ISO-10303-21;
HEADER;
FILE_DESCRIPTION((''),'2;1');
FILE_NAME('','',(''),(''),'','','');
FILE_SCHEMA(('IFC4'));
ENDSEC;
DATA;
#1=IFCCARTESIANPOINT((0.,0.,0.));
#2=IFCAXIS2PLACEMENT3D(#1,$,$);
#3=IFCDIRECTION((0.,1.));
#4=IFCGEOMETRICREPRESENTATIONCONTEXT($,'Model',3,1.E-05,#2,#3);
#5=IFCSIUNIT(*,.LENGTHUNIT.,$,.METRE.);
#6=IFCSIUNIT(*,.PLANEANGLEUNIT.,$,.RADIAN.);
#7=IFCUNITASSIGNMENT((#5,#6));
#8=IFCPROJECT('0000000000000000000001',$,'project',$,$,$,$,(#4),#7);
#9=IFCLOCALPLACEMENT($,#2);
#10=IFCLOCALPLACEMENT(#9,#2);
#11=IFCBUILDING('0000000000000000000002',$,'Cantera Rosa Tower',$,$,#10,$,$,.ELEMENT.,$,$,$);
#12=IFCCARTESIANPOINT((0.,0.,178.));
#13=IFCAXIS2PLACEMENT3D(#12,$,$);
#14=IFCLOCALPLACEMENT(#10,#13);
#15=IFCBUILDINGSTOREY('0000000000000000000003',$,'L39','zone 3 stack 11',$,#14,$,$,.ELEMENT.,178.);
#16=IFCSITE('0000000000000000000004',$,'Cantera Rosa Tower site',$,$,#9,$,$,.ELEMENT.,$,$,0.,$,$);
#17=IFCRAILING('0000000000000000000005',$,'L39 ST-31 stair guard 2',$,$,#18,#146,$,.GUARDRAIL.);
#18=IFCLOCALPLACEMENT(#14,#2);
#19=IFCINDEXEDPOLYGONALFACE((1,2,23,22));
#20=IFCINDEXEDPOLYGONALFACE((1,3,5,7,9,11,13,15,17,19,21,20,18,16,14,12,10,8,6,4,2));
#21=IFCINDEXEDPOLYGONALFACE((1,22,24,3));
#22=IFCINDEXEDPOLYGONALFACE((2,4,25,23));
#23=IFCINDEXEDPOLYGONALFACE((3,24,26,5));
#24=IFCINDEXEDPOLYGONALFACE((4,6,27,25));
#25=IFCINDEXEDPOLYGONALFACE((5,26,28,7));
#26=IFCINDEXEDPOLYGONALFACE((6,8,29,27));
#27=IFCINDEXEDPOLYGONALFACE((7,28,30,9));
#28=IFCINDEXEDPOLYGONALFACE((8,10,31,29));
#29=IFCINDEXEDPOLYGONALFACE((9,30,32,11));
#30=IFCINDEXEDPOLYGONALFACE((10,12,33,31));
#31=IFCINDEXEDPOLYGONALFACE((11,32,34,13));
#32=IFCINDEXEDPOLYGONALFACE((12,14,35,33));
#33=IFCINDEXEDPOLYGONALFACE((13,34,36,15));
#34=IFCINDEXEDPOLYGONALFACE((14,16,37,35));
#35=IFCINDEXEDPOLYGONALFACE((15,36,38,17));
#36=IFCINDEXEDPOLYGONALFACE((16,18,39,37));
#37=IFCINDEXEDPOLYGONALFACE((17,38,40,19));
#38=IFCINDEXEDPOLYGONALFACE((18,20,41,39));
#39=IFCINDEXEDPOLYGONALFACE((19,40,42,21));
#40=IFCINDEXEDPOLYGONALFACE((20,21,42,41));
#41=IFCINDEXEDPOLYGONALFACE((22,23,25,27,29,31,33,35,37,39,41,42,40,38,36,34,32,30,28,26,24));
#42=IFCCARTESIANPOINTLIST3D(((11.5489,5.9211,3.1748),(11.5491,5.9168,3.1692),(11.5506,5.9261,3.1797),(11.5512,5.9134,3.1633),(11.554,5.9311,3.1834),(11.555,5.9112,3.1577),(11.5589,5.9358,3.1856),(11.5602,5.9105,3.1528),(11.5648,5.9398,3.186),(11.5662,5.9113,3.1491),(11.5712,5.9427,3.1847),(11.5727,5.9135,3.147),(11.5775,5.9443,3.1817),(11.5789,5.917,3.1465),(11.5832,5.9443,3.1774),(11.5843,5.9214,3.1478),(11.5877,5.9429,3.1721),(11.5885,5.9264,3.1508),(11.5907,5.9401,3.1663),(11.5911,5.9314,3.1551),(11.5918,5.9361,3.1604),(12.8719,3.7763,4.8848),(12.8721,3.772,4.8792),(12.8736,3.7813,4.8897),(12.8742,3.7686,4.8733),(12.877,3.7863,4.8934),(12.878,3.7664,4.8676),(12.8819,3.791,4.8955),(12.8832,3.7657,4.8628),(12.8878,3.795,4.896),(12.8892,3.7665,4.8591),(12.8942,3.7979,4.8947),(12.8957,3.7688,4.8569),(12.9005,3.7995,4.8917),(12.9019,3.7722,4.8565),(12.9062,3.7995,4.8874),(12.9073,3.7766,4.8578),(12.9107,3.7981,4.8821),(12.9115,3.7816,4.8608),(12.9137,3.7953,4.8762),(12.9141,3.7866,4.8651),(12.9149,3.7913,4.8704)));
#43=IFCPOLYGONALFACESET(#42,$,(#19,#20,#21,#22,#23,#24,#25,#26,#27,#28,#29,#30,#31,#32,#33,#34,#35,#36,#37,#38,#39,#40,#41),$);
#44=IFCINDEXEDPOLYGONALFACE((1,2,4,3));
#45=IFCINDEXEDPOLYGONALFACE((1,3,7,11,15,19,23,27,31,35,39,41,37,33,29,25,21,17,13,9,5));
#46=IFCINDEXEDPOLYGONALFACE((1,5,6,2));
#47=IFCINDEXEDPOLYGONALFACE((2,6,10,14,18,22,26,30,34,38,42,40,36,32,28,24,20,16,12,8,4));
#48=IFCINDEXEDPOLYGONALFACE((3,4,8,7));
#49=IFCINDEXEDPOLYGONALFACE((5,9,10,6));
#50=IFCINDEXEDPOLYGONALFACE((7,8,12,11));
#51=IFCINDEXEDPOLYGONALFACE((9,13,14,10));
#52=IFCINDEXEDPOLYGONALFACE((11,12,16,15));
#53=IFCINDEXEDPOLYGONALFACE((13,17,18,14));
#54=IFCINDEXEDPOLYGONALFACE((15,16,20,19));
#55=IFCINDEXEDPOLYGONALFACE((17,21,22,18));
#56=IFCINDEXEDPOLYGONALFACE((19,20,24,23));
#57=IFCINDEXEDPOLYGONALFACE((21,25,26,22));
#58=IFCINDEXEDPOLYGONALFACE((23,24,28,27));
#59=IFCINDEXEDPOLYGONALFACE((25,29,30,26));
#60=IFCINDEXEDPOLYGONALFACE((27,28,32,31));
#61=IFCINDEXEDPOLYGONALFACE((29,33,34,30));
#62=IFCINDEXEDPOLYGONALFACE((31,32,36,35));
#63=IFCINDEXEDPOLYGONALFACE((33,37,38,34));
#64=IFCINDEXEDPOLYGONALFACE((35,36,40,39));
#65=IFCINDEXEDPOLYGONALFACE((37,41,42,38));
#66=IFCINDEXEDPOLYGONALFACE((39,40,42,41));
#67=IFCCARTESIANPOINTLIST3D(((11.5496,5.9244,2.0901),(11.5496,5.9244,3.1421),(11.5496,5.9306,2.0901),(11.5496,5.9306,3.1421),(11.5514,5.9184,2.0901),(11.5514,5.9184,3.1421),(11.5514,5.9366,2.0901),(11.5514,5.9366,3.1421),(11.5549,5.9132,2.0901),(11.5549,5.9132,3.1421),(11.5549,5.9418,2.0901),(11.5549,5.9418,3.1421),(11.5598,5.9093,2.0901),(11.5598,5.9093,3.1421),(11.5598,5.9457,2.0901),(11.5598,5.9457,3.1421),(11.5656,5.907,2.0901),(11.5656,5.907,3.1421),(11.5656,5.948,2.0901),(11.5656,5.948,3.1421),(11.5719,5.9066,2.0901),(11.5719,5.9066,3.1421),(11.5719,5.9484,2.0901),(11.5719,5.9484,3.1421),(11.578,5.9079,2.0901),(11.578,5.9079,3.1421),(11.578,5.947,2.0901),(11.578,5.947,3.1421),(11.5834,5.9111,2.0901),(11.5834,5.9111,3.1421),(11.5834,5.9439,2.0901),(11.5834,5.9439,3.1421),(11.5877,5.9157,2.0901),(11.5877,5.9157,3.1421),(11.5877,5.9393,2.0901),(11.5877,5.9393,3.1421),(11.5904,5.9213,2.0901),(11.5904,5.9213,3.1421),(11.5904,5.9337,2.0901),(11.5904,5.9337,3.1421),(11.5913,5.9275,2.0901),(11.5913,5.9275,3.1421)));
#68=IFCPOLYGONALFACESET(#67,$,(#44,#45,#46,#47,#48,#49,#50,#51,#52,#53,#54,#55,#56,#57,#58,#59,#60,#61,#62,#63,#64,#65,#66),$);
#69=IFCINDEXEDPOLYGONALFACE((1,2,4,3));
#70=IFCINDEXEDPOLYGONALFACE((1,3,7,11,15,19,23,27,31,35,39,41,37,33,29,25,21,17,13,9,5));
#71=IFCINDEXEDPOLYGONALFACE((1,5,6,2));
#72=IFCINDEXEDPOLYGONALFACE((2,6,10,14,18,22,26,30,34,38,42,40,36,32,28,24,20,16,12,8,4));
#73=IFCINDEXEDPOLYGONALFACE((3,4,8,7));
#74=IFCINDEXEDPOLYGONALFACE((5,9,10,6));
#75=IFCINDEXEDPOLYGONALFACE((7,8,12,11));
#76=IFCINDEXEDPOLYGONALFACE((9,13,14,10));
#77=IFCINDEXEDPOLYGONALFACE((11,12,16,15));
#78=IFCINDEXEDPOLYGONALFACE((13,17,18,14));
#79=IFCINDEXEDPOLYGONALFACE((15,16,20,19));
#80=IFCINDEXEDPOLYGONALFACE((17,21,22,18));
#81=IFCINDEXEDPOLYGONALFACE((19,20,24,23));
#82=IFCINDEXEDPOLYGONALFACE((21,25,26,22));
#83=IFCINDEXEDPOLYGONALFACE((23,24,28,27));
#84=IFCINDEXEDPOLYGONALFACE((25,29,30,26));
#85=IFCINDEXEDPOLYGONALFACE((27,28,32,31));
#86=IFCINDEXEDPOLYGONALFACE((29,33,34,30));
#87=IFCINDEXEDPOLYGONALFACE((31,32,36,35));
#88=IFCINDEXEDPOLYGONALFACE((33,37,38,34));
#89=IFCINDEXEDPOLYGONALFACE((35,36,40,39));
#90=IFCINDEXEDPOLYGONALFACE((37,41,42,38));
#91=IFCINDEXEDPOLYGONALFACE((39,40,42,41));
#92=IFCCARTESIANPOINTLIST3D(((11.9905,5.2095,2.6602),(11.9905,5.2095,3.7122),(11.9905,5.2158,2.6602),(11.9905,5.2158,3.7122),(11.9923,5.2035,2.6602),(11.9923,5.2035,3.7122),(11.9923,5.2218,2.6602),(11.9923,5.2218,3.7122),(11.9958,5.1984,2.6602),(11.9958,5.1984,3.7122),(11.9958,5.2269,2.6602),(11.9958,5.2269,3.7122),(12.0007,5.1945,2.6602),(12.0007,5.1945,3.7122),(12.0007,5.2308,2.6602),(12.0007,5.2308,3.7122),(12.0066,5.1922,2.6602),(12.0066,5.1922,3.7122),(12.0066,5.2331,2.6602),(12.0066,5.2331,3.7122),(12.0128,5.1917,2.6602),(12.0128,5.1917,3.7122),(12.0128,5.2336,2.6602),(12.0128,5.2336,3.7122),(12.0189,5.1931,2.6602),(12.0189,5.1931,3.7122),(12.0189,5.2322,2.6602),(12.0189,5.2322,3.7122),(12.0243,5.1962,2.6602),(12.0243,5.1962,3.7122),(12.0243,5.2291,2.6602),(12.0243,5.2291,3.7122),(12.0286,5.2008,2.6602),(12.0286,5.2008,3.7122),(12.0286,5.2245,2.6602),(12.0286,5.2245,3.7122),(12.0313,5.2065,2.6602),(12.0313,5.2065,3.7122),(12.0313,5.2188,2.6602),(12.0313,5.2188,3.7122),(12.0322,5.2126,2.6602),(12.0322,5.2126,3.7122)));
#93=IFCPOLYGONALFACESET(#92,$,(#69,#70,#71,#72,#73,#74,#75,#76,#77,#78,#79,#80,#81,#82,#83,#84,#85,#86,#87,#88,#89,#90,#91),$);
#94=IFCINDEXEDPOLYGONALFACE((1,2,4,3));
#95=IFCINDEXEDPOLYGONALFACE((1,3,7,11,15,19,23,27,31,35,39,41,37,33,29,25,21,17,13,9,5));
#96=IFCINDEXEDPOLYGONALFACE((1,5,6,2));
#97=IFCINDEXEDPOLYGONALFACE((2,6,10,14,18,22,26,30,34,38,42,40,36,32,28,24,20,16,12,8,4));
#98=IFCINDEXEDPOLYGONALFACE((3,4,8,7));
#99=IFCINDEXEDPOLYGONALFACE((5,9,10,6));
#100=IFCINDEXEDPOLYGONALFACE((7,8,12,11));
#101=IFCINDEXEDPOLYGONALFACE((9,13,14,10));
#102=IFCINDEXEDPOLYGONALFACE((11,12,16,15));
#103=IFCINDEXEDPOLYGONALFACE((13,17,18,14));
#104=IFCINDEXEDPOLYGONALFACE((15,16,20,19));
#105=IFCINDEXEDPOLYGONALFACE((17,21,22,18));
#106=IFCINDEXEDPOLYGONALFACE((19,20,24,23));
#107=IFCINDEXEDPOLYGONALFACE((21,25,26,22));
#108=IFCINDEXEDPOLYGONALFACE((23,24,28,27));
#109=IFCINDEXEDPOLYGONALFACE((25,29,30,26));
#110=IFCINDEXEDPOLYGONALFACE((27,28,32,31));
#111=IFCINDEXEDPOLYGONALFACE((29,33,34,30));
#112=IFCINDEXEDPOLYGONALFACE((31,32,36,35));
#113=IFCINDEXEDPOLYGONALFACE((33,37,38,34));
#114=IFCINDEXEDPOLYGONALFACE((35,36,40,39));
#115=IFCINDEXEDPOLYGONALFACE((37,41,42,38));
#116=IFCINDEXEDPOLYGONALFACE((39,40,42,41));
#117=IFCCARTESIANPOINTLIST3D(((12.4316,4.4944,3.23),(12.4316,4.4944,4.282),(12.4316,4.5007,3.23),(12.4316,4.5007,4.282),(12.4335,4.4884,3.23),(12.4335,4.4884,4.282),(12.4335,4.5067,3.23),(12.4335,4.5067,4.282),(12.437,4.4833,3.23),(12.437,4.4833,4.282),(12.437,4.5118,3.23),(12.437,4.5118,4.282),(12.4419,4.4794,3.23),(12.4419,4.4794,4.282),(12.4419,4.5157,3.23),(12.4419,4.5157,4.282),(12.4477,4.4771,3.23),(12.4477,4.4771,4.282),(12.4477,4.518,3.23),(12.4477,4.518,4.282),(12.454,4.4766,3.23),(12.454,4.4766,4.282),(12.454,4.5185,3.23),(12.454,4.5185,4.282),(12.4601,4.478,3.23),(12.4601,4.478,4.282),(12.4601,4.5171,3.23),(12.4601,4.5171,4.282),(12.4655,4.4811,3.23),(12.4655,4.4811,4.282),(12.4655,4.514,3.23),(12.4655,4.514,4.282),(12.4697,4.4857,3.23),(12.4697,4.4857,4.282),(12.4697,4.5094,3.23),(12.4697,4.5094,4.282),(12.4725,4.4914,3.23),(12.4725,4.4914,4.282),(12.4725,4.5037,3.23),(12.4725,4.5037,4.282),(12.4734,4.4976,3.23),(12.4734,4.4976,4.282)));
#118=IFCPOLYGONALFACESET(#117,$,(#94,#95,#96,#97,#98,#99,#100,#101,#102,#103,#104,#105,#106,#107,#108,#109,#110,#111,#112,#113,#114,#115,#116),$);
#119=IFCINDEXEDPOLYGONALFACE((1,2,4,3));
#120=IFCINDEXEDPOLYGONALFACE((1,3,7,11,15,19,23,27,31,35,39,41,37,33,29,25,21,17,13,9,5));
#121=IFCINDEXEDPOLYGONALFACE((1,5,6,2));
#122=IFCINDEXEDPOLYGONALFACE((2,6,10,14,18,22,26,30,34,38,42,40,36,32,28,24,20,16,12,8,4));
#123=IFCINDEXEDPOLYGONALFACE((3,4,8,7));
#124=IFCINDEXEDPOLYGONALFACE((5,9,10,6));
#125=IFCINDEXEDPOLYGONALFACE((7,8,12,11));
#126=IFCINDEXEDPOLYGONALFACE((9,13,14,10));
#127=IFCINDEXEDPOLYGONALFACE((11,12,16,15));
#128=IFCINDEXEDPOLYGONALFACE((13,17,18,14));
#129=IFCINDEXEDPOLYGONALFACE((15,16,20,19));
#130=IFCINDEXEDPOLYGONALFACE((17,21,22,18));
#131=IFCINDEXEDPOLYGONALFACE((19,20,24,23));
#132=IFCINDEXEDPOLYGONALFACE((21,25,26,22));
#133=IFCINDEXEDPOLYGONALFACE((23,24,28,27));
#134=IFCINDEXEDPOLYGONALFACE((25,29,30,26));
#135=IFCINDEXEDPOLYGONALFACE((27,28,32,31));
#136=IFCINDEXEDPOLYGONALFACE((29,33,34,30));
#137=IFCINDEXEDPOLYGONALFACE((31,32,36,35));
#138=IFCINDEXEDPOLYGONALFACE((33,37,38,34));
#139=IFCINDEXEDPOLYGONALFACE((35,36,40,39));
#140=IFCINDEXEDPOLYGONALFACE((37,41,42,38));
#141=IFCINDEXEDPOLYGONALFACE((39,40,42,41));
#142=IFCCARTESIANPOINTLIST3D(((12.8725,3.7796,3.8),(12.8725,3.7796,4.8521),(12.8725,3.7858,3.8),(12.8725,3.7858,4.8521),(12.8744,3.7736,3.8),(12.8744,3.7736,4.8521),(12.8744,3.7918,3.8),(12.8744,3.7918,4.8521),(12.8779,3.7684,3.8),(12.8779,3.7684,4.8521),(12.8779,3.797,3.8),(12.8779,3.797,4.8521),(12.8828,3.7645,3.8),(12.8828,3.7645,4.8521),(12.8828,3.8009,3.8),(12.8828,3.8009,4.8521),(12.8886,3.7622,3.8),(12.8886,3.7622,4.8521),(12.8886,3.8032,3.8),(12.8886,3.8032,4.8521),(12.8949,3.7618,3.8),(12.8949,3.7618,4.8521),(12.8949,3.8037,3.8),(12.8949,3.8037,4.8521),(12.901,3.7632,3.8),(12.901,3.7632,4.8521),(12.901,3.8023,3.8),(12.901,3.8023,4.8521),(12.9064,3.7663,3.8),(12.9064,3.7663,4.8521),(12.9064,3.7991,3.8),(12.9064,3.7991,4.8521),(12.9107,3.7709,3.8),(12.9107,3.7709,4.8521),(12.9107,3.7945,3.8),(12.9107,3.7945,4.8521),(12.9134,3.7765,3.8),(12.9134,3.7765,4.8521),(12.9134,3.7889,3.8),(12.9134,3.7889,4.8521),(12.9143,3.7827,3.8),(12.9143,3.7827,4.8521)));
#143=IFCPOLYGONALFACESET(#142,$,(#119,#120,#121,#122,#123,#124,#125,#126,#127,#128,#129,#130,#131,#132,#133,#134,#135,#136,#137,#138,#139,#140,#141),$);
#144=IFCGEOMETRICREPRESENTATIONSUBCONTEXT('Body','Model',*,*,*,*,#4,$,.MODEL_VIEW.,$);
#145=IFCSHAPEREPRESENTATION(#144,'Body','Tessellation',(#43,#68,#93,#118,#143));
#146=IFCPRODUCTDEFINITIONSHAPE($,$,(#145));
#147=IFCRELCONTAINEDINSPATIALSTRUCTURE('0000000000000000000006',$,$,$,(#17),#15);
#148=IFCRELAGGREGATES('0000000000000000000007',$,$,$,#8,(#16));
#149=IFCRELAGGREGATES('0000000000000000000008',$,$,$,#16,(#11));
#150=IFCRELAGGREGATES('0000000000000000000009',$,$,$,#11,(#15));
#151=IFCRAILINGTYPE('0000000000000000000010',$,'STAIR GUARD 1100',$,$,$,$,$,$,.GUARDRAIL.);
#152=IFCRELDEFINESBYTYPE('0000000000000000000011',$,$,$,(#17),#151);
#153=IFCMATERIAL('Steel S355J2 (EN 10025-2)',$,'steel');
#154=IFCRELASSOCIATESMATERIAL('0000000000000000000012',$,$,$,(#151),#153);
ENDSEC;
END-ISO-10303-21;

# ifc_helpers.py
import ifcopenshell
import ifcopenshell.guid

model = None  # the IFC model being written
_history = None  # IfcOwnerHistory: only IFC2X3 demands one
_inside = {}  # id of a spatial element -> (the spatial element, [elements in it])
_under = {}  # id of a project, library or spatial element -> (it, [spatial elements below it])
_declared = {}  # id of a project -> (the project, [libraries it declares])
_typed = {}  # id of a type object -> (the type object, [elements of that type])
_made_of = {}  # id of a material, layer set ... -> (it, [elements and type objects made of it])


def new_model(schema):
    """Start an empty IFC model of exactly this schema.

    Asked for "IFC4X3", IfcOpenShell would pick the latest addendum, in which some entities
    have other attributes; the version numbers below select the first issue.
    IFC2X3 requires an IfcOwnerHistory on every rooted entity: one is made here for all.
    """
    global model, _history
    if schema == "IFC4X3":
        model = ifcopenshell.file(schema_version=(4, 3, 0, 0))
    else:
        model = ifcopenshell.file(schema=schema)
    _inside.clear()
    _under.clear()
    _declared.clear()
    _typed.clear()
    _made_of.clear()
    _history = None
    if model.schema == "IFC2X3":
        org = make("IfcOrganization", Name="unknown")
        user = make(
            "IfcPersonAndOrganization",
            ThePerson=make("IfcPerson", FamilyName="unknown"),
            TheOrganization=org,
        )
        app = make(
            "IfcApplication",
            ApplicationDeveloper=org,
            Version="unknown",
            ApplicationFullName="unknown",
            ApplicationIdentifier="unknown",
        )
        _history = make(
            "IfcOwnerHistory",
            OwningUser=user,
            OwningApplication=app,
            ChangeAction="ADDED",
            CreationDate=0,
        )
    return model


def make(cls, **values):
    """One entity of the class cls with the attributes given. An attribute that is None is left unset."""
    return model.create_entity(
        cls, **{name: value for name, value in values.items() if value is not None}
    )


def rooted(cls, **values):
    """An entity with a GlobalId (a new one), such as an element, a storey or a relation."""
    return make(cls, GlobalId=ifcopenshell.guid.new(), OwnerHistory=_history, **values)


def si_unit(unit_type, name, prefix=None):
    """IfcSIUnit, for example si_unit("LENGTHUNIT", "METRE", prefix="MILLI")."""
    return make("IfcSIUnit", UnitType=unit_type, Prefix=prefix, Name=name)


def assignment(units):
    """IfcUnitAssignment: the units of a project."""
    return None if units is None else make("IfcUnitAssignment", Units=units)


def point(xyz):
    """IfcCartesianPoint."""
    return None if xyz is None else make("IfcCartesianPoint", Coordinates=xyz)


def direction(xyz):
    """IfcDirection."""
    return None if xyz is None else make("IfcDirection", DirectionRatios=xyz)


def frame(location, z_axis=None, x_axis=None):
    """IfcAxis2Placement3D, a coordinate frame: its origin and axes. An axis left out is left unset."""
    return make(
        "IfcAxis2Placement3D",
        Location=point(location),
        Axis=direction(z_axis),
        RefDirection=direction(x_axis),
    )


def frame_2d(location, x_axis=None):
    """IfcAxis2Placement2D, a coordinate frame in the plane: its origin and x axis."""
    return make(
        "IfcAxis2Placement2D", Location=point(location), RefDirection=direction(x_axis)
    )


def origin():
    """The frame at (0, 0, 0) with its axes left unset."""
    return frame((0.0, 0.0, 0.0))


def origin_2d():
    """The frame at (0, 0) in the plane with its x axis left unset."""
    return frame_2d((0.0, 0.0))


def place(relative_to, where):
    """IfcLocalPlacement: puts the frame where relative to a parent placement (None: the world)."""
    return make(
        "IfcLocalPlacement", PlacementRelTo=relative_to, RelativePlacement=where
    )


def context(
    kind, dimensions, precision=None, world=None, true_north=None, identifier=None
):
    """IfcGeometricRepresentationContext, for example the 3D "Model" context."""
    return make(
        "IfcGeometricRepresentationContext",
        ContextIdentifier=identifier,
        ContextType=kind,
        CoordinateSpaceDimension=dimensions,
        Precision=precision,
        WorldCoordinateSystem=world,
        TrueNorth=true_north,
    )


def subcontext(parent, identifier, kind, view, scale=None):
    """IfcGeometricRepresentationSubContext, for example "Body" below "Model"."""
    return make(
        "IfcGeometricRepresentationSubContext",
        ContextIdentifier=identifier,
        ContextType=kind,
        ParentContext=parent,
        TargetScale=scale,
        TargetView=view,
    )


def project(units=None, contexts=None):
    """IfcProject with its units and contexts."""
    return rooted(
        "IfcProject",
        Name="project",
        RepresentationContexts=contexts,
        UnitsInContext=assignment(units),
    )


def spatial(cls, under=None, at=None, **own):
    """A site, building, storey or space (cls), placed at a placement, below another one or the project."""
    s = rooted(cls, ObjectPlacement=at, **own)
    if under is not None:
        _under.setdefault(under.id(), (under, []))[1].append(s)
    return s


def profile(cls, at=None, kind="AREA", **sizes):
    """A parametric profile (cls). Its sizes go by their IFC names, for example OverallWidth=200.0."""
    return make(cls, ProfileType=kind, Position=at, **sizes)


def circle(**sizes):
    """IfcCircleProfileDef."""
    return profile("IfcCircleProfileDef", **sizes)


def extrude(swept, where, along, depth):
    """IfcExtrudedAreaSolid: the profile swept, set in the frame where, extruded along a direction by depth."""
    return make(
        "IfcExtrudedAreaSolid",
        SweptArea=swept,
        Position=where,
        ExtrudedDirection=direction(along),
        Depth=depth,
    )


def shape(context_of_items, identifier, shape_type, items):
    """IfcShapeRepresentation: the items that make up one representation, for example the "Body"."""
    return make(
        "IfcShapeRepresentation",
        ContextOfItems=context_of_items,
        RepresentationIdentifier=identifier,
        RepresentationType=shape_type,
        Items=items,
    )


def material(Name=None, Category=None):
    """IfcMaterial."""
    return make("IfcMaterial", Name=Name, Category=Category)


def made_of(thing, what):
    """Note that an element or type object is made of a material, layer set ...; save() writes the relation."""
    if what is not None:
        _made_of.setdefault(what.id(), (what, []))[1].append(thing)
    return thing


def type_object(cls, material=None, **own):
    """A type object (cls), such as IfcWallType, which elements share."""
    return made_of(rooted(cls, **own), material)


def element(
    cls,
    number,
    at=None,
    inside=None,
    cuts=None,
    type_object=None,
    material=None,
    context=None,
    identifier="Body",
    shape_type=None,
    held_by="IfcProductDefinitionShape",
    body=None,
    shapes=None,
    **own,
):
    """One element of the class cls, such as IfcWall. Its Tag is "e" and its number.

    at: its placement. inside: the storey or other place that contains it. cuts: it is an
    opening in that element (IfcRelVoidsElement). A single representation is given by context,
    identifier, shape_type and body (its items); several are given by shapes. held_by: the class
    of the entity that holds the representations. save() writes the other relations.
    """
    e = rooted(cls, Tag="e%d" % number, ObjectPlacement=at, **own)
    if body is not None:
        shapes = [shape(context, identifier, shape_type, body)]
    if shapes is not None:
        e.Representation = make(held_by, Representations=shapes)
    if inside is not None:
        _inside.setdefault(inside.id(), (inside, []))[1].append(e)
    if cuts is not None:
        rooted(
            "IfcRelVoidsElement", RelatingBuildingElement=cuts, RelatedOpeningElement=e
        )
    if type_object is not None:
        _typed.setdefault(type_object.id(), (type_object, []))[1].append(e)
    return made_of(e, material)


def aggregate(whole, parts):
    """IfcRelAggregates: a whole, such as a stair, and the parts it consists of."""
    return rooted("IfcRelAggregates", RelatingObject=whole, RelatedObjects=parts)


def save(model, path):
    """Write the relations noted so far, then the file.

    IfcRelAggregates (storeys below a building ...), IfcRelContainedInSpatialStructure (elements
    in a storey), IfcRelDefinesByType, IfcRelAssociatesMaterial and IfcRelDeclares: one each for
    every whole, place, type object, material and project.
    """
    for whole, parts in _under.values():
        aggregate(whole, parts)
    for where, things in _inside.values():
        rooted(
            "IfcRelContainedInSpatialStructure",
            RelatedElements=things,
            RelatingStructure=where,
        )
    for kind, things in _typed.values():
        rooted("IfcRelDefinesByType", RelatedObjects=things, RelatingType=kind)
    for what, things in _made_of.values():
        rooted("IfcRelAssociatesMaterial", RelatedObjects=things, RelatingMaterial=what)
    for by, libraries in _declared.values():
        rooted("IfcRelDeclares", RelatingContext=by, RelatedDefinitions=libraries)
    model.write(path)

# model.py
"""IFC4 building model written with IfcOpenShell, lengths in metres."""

from ifc_helpers import new_model, si_unit, direction, frame, origin, origin_2d, place, context, subcontext, project, spatial, circle, extrude, material, type_object, element, save


model = new_model("IFC4")

# Units and contexts
model_context = context("Model", 3, precision=1e-05, world=origin(), true_north=direction((0.0, 1.0)))
body_context = subcontext(model_context, "Body", "Model", "MODEL_VIEW")
ifc_project = project(units=[si_unit("LENGTHUNIT", "METRE"), si_unit("PLANEANGLEUNIT", "RADIAN")], contexts=[model_context])

# Site, building, storey
site_placement = place(None, origin())
site = spatial("IfcSite", under=ifc_project, at=site_placement, Name="Cantera Rosa Tower site", CompositionType="ELEMENT", RefElevation=0.0)
building_placement = place(site_placement, origin())
building = spatial("IfcBuilding", under=site, at=building_placement, Name="Cantera Rosa Tower", CompositionType="ELEMENT")
storey_placement = place(building_placement, frame((0.0, 0.0, 178.0)))
storey = spatial("IfcBuildingStorey", under=building, at=storey_placement, Name="L39", Description="zone 3 stack 11", CompositionType="ELEMENT", Elevation=178.0)

# Railing
ifc_material_1 = material(Name="Steel S355J2 (EN 10025-2)", Category="steel")
railing_type_1 = type_object("IfcRailingType", Name="STAIR GUARD 1100", PredefinedType="GUARDRAIL", material=ifc_material_1)
railing_1_placement = place(storey_placement, frame((11.5703, 5.9275, 2.0901)))
element("IfcRailing", 1, at=railing_1_placement, inside=storey, type_object=railing_type_1, Name="L39 ST-31 stair guard 2", PredefinedType="GUARDRAIL", context=body_context, shape_type="SweptSolid", body=[
    extrude(circle(Radius=0.0239, at=origin_2d()), frame((0.0, 0.0, 1.0762), z_axis=(0.434428, -0.704271, 0.561493), x_axis=(0.851102, 0.525, 0.0)), (0.0, 0.0, 1.0), 3.0454),
    extrude(circle(Radius=0.021, at=origin_2d()), origin(), (0.0, 0.0, 1.0), 1.052),
    extrude(circle(Radius=0.021, at=origin_2d()), frame((0.4409, -0.7148, 0.5701)), (0.0, 0.0, 1.0), 1.052),
    extrude(circle(Radius=0.021, at=origin_2d()), frame((0.8821, -1.4299, 1.1399)), (0.0, 0.0, 1.0), 1.052),
    extrude(circle(Radius=0.021, at=origin_2d()), frame((1.323, -2.1448, 1.71)), (0.0, 0.0, 1.0), 1.052),
])

save(model, "model.ifc")
